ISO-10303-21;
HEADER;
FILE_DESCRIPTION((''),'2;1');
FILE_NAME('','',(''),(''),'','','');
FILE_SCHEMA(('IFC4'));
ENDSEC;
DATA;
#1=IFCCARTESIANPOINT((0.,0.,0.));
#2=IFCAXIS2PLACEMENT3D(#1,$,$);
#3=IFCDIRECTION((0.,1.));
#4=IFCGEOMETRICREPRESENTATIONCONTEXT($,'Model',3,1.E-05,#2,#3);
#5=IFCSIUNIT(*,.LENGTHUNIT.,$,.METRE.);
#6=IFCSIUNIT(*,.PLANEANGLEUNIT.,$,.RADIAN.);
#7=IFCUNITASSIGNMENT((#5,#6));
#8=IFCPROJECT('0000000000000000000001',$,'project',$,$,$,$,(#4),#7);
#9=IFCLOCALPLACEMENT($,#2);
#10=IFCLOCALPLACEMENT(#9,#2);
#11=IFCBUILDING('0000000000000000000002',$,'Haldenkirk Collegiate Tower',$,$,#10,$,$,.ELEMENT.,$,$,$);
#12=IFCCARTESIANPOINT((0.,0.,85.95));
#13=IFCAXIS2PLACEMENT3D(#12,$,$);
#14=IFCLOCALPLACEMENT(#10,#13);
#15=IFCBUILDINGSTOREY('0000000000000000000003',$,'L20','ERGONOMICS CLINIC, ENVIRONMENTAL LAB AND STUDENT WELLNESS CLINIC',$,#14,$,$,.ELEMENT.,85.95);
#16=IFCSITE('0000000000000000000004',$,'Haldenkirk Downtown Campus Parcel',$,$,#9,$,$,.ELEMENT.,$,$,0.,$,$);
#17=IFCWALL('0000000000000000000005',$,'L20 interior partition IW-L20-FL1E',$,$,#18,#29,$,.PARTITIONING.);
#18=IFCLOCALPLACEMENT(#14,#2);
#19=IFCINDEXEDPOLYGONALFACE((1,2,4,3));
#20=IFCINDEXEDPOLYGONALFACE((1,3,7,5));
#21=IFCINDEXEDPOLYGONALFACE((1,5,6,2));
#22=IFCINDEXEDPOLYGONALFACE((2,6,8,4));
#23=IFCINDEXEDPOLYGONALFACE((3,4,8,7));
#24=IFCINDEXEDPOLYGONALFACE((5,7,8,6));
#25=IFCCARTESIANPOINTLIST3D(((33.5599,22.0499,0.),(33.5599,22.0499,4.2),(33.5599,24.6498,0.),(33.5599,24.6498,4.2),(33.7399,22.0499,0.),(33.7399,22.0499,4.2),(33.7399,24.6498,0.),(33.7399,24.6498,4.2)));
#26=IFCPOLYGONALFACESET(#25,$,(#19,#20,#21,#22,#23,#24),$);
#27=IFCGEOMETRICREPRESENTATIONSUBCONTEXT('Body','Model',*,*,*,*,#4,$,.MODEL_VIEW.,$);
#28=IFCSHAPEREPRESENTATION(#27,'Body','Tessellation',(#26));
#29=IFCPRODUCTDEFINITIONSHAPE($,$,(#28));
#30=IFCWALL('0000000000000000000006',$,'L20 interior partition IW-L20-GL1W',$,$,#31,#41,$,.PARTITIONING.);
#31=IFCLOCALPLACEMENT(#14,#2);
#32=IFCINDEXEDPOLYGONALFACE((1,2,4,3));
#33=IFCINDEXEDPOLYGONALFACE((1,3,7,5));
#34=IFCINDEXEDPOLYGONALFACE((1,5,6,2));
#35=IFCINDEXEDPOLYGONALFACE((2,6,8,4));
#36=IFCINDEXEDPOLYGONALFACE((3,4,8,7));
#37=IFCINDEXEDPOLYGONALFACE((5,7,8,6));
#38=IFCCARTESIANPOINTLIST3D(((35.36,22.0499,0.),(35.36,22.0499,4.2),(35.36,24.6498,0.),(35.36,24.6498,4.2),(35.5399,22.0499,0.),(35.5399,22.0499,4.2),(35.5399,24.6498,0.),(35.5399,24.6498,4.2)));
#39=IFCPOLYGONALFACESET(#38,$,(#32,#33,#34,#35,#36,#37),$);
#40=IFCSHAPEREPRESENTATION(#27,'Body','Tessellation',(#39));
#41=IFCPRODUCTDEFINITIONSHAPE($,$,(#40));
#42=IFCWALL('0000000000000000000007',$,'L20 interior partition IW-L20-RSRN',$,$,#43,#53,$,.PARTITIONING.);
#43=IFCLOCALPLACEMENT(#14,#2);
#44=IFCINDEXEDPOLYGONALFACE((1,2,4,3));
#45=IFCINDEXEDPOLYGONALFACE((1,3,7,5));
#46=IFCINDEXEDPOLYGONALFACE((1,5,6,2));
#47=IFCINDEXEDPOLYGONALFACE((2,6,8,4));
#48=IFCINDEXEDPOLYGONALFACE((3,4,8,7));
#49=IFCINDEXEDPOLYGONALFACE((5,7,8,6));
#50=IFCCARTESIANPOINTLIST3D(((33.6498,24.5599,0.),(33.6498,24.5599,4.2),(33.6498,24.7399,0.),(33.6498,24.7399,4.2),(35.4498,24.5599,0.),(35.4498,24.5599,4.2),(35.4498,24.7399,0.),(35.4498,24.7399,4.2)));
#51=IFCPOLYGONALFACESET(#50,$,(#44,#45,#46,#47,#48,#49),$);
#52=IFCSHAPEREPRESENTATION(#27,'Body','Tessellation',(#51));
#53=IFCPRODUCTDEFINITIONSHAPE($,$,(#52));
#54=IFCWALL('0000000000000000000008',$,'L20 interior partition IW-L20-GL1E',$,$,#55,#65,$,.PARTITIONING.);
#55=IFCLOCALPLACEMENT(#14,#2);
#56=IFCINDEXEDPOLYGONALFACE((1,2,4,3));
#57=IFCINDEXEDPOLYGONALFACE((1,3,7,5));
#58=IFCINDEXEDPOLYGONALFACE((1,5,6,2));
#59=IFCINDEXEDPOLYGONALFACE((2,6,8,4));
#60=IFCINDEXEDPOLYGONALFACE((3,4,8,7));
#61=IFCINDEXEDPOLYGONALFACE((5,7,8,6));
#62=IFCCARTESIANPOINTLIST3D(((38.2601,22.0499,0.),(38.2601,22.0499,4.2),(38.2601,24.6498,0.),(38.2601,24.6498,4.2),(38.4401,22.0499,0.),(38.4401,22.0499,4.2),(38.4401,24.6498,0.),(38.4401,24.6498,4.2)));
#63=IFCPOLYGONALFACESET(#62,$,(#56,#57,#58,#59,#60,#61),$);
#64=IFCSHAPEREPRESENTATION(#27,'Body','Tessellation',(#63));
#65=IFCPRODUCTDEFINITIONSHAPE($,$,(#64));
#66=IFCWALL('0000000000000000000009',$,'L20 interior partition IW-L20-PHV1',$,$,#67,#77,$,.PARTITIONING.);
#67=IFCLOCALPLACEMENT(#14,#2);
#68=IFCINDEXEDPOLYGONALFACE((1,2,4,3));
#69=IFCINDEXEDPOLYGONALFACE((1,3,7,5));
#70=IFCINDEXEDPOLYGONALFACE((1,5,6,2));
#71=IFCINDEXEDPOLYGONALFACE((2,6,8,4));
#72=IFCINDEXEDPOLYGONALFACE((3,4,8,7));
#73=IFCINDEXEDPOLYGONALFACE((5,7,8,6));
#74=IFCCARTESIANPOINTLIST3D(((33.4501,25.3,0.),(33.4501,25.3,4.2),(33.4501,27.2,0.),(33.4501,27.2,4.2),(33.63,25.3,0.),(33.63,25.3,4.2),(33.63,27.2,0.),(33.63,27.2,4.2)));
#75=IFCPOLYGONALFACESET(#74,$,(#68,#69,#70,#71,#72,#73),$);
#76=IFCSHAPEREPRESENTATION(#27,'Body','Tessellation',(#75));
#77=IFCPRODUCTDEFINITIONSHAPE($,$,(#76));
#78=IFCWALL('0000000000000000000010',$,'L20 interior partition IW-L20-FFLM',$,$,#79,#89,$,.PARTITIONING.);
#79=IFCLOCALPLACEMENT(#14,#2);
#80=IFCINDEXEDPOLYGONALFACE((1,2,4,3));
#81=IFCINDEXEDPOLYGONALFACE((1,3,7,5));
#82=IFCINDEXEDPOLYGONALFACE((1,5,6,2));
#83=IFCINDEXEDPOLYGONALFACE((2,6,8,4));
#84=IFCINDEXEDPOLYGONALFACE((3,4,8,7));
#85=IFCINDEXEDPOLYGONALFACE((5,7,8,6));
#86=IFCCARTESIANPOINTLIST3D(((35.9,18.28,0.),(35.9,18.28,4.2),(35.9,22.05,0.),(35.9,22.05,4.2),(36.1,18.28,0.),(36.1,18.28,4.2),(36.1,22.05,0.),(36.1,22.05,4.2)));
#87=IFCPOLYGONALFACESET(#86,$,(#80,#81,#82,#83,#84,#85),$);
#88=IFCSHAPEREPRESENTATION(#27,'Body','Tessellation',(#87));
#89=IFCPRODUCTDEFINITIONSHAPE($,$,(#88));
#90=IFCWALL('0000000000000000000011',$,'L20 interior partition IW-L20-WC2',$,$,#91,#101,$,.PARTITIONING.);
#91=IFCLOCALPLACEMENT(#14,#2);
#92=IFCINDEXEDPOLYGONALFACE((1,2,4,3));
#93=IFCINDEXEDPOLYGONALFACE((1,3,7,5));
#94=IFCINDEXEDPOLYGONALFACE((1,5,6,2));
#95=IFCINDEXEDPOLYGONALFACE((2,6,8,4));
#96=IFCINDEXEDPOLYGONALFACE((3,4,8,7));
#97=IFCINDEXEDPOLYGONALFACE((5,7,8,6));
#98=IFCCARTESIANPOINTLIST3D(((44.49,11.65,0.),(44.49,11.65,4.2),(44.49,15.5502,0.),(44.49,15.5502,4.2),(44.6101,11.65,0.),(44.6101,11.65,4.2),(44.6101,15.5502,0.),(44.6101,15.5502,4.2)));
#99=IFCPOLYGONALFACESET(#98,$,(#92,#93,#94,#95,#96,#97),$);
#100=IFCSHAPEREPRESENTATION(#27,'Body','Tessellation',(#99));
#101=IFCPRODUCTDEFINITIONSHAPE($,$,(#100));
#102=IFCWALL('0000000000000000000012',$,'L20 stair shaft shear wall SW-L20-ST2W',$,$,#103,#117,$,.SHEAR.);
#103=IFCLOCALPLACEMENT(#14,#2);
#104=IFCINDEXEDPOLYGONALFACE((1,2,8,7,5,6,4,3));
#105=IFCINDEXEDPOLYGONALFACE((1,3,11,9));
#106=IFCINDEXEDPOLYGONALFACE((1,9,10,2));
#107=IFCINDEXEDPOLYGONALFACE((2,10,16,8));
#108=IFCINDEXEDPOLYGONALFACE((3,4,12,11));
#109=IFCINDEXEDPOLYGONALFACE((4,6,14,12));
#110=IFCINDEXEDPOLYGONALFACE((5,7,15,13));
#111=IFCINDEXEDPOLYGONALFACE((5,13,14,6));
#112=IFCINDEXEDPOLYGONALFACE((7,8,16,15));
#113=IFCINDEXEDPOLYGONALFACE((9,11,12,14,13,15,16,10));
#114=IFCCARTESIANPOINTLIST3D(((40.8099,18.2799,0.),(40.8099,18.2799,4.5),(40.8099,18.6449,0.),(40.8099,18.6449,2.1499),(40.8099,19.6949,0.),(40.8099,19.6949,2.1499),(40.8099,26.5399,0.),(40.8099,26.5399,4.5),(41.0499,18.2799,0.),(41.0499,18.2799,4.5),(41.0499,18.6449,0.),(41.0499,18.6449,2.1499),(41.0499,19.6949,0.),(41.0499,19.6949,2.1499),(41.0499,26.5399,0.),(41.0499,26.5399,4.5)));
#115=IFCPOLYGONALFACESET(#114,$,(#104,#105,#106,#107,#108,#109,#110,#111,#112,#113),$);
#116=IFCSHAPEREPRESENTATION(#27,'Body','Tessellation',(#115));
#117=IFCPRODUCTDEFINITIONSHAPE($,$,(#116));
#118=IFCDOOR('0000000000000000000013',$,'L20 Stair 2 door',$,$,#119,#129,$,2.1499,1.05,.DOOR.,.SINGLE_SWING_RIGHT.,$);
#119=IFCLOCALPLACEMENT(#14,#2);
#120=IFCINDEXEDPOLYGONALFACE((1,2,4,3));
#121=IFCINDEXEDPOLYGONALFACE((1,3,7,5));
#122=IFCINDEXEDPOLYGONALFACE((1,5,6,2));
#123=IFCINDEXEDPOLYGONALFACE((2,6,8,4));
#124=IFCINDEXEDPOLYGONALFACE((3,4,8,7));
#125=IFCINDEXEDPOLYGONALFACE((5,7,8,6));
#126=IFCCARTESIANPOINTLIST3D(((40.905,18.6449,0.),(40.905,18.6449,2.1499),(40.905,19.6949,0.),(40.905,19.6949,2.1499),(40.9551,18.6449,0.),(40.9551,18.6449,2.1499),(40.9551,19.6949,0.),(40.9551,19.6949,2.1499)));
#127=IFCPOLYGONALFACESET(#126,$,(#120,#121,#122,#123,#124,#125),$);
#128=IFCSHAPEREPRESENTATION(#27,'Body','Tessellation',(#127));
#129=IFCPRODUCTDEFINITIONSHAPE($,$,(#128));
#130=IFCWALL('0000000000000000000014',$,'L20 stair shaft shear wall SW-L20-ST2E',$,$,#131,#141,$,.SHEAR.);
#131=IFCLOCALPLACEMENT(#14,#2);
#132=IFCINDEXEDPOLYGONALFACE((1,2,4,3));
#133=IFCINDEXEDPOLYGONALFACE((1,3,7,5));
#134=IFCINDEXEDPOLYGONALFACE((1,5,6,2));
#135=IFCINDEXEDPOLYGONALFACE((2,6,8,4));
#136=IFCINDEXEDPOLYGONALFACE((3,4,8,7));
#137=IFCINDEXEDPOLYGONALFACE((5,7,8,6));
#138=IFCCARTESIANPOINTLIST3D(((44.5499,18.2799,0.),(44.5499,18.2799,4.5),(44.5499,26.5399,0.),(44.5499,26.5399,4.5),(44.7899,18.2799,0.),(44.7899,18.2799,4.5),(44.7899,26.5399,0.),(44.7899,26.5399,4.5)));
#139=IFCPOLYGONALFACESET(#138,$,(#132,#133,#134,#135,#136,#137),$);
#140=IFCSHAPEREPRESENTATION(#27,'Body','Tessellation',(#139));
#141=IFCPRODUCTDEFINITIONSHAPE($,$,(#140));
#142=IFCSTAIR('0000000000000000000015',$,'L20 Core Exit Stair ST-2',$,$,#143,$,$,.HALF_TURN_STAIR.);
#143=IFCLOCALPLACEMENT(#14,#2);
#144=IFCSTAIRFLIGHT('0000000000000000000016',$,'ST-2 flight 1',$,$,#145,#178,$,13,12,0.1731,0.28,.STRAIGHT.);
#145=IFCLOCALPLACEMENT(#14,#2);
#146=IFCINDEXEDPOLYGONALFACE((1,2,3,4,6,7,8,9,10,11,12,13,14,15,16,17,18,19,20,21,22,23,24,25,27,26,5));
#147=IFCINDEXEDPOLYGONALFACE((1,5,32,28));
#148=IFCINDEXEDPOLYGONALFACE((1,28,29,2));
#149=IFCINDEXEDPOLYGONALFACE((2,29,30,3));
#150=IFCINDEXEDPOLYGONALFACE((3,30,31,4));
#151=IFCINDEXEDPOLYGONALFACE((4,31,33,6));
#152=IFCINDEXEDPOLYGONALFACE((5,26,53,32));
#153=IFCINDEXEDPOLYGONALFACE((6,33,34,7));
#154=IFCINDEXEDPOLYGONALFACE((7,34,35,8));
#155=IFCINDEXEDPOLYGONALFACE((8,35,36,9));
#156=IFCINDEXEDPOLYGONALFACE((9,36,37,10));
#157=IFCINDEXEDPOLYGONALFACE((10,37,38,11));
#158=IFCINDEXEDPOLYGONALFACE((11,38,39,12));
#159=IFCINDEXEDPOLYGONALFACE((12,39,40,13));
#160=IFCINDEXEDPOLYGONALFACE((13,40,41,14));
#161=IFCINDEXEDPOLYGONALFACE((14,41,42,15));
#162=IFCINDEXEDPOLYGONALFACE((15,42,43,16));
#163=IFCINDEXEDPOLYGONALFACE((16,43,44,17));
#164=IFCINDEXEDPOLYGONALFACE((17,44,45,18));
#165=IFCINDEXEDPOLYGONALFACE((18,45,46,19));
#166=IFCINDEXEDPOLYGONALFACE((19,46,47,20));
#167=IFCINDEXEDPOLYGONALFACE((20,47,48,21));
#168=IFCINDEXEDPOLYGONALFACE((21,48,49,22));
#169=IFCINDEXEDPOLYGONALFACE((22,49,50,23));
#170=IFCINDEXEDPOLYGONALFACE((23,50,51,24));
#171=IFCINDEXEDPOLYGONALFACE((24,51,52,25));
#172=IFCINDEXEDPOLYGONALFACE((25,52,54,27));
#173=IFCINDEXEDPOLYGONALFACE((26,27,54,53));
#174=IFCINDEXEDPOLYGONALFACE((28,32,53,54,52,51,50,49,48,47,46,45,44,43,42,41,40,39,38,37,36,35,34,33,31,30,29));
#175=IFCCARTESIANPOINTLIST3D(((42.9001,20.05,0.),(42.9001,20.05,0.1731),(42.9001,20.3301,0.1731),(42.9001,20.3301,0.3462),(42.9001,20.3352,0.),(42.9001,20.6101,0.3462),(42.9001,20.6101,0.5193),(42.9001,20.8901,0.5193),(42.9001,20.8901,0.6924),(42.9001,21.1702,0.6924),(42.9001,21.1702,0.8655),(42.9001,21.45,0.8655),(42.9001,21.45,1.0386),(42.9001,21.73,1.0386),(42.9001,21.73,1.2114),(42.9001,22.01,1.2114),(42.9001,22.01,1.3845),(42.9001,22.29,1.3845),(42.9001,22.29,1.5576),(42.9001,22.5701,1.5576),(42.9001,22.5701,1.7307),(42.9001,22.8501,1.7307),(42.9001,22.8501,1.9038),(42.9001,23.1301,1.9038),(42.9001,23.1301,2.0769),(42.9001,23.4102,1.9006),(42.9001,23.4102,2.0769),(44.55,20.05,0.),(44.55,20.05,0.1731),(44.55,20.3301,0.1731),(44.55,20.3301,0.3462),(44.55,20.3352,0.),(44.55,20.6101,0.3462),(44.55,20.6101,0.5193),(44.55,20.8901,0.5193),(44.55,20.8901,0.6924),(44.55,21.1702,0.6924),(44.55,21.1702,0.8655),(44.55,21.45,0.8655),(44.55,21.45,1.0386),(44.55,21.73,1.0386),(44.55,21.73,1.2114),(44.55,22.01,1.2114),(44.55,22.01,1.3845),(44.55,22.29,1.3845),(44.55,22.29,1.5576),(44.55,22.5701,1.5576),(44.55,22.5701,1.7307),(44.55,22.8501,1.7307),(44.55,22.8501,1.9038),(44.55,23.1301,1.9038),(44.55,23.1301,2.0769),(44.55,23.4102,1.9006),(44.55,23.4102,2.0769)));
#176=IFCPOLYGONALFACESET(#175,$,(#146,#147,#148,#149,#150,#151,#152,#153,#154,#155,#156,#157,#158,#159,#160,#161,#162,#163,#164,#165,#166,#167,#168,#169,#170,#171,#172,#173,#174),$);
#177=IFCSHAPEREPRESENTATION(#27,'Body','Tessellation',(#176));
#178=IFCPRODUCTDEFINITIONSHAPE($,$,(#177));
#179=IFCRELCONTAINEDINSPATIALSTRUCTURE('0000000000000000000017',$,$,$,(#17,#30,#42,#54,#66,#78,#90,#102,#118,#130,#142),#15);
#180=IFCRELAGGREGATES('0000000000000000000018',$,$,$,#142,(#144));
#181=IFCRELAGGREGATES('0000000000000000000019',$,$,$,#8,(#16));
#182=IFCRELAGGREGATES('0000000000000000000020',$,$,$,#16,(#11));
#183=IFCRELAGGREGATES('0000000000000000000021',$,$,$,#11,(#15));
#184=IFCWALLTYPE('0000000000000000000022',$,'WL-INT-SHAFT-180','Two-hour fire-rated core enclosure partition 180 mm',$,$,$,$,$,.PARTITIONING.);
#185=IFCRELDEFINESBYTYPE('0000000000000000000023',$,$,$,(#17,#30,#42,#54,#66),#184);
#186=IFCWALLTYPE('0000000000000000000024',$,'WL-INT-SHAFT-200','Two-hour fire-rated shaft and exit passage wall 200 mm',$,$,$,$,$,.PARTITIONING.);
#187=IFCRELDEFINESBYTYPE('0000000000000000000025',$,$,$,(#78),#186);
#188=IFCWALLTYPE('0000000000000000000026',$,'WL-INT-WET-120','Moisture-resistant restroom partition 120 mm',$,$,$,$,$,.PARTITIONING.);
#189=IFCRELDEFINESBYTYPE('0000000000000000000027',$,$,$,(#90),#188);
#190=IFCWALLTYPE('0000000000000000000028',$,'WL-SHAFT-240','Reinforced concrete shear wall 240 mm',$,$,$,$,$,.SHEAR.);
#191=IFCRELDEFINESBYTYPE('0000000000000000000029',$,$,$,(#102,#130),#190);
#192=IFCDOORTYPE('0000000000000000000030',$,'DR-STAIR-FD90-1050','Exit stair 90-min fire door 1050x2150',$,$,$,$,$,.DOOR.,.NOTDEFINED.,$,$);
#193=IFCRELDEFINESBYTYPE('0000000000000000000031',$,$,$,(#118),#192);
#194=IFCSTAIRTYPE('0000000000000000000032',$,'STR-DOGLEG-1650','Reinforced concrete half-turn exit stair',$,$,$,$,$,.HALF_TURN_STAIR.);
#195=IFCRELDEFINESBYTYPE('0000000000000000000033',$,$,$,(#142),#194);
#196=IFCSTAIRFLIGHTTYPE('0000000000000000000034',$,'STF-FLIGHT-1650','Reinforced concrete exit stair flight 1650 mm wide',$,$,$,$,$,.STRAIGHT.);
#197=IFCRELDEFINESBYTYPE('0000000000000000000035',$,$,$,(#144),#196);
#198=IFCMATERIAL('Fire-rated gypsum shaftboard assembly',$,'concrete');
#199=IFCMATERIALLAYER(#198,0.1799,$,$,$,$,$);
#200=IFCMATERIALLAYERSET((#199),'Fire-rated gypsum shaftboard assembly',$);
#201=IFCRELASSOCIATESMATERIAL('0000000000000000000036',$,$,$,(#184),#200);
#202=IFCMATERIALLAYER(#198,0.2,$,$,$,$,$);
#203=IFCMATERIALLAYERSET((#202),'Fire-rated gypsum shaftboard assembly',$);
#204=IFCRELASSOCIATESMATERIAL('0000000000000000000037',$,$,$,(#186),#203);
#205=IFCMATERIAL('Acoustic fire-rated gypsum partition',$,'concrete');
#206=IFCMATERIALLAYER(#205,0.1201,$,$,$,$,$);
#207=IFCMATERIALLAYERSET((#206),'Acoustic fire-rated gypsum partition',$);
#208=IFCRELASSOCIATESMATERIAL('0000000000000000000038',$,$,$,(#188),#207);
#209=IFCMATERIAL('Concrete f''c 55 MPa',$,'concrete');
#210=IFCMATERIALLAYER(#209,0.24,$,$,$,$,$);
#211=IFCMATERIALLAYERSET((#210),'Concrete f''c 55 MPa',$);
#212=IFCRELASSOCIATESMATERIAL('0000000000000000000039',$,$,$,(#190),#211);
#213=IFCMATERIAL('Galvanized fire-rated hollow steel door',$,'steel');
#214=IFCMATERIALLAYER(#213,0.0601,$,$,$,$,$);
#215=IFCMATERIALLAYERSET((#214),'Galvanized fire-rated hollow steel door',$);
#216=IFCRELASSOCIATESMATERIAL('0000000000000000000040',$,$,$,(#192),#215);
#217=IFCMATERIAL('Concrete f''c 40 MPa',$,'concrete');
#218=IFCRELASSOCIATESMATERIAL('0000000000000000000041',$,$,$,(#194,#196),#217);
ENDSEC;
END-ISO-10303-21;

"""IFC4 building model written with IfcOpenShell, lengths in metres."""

from ifc_helpers import new_model, si_unit, direction, frame, frame_2d, origin, place, context, subcontext, project, spatial, polyline, rectangle, outline, extrude, material, layer, layer_set, type_object, element, fill, aggregate, save


model = new_model("IFC4")

# Units and contexts
model_context = context("Model", 3, precision=1e-05, world=origin(), true_north=direction((0.0, 1.0)))
body_context = subcontext(model_context, "Body", "Model", "MODEL_VIEW")
ifc_project = project(units=[si_unit("LENGTHUNIT", "METRE"), si_unit("PLANEANGLEUNIT", "RADIAN")], contexts=[model_context])

# Site, building, storey
site_placement = place(None, origin())
site = spatial("IfcSite", under=ifc_project, at=site_placement, Name="Haldenkirk Downtown Campus Parcel", CompositionType="ELEMENT", RefElevation=0.0)
building_placement = place(site_placement, origin())
building = spatial("IfcBuilding", under=site, at=building_placement, Name="Haldenkirk Collegiate Tower", CompositionType="ELEMENT")
storey_placement = place(building_placement, frame((0.0, 0.0, 85.95)))
storey = spatial("IfcBuildingStorey", under=building, at=storey_placement, Name="L20", Description="ERGONOMICS CLINIC, ENVIRONMENTAL LAB AND STUDENT WELLNESS CLINIC", CompositionType="ELEMENT", Elevation=85.95)

# Walls
ifc_material_1 = material(Name="Fire-rated gypsum shaftboard assembly", Category="concrete")
ifc_layer_1 = layer(ifc_material_1, 0.1799)
ifc_layer_set_1 = layer_set([ifc_layer_1], Name="Fire-rated gypsum shaftboard assembly")
wall_type_1 = type_object("IfcWallType", Name="WL-INT-SHAFT-180", Description="Two-hour fire-rated core enclosure partition 180 mm", PredefinedType="PARTITIONING", material=ifc_layer_set_1)
for number, where, z_axis, x_axis, name in (
    (1, (33.6499, 22.05, 0.0), (0.0, 0.0, 1.0), (0.0, 1.0, 0.0), "L20 interior partition IW-L20-FL1E"),
    (2, (35.45, 22.05, 0.0), (0.0, 0.0, 1.0), (0.0, 1.0, 0.0), "L20 interior partition IW-L20-GL1W"),
):
    element("IfcWall", number, at=place(storey_placement, frame(where, z_axis=z_axis, x_axis=x_axis)), inside=storey, type_object=wall_type_1, Name=name, PredefinedType="PARTITIONING", context=body_context, shape_type="SweptSolid", body=[
        extrude(rectangle(XDim=2.5999, YDim=0.1799, at=frame_2d((1.2998, 0.0))), origin(), (0.0, 0.0, 1.0), 4.2),
    ])
wall_1_placement = place(storey_placement, frame((33.6499, 24.6499, 0.0), z_axis=(0.0, 0.0, 1.0), x_axis=(1.0, 0.0, 0.0)))
element("IfcWall", 3, at=wall_1_placement, inside=storey, type_object=wall_type_1, Name="L20 interior partition IW-L20-RSRN", PredefinedType="PARTITIONING", context=body_context, shape_type="SweptSolid", body=[
    extrude(rectangle(XDim=1.8, YDim=0.1799, at=frame_2d((0.8999, 0.0))), origin(), (0.0, 0.0, 1.0), 4.2),
])
wall_2_placement = place(storey_placement, frame((38.3501, 22.05, 0.0), z_axis=(0.0, 0.0, 1.0), x_axis=(0.0, 1.0, 0.0)))
element("IfcWall", 4, at=wall_2_placement, inside=storey, type_object=wall_type_1, Name="L20 interior partition IW-L20-GL1E", PredefinedType="PARTITIONING", context=body_context, shape_type="SweptSolid", body=[
    extrude(rectangle(XDim=2.5999, YDim=0.1799, at=frame_2d((1.2998, 0.0))), origin(), (0.0, 0.0, 1.0), 4.2),
])
wall_3_placement = place(storey_placement, frame((33.54, 25.3, 0.0), z_axis=(0.0, 0.0, 1.0), x_axis=(0.0, 1.0, 0.0)))
element("IfcWall", 5, at=wall_3_placement, inside=storey, type_object=wall_type_1, Name="L20 interior partition IW-L20-PHV1", PredefinedType="PARTITIONING", context=body_context, shape_type="SweptSolid", body=[
    extrude(rectangle(XDim=1.8999, YDim=0.1799, at=frame_2d((0.95, 0.0))), origin(), (0.0, 0.0, 1.0), 4.2),
])
ifc_layer_2 = layer(ifc_material_1, 0.2)
ifc_layer_set_2 = layer_set([ifc_layer_2], Name="Fire-rated gypsum shaftboard assembly")
wall_type_2 = type_object("IfcWallType", Name="WL-INT-SHAFT-200", Description="Two-hour fire-rated shaft and exit passage wall 200 mm", PredefinedType="PARTITIONING", material=ifc_layer_set_2)
wall_4_placement = place(storey_placement, frame((36.0, 18.28, 0.0), z_axis=(0.0, 0.0, 1.0), x_axis=(0.0, 1.0, 0.0)))
element("IfcWall", 6, at=wall_4_placement, inside=storey, type_object=wall_type_2, Name="L20 interior partition IW-L20-FFLM", PredefinedType="PARTITIONING", context=body_context, shape_type="SweptSolid", body=[
    extrude(rectangle(XDim=3.77, YDim=0.2, at=frame_2d((1.885, 0.0))), origin(), (0.0, 0.0, 1.0), 4.2),
])

# Wall
ifc_material_2 = material(Name="Acoustic fire-rated gypsum partition", Category="concrete")
ifc_layer_3 = layer(ifc_material_2, 0.1201)
ifc_layer_set_3 = layer_set([ifc_layer_3], Name="Acoustic fire-rated gypsum partition")
wall_type_3 = type_object("IfcWallType", Name="WL-INT-WET-120", Description="Moisture-resistant restroom partition 120 mm", PredefinedType="PARTITIONING", material=ifc_layer_set_3)
wall_5_placement = place(storey_placement, frame((44.55, 11.6499, 0.0), z_axis=(0.0, 0.0, 1.0), x_axis=(0.0, 1.0, 0.0)))
element("IfcWall", 7, at=wall_5_placement, inside=storey, type_object=wall_type_3, Name="L20 interior partition IW-L20-WC2", PredefinedType="PARTITIONING", context=body_context, shape_type="SweptSolid", body=[
    extrude(rectangle(XDim=3.9001, YDim=0.1201, at=frame_2d((1.9502, 0.0))), origin(), (0.0, 0.0, 1.0), 4.2),
])

# Wall, opening, door
ifc_material_3 = material(Name="Concrete f'c 55 MPa", Category="concrete")
ifc_layer_4 = layer(ifc_material_3, 0.24)
ifc_layer_set_4 = layer_set([ifc_layer_4], Name="Concrete f'c 55 MPa")
wall_type_4 = type_object("IfcWallType", Name="WL-SHAFT-240", Description="Reinforced concrete shear wall 240 mm", PredefinedType="SHEAR", material=ifc_layer_set_4)
wall_6_placement = place(storey_placement, frame((40.9299, 18.28, 0.0), z_axis=(0.0, 0.0, 1.0), x_axis=(0.0, 1.0, 0.0)))
wall_6 = element("IfcWall", 8, at=wall_6_placement, inside=storey, type_object=wall_type_4, Name="L20 stair shaft shear wall SW-L20-ST2W", PredefinedType="SHEAR", context=body_context, shape_type="SweptSolid", body=[
    extrude(rectangle(XDim=8.26, YDim=0.24, at=frame_2d((4.1299, 0.0))), origin(), (0.0, 0.0, 1.0), 4.5),
])
opening_1_placement = place(wall_6_placement, frame((0.365, 0.0, 0.0)))
opening_1 = element("IfcOpeningElement", 9, at=opening_1_placement, cuts=wall_6, PredefinedType="OPENING", context=body_context, shape_type="SweptSolid", body=[
    extrude(rectangle(XDim=1.05, YDim=2.1499, at=frame_2d((0.5249, 1.075))), frame((0.0, 0.1299, 0.0), z_axis=(0.0, -1.0, 0.0), x_axis=(1.0, 0.0, 0.0)), (0.0, 0.0, 1.0), 0.26),
])
ifc_material_4 = material(Name="Galvanized fire-rated hollow steel door", Category="steel")
ifc_layer_5 = layer(ifc_material_4, 0.0601)
ifc_layer_set_5 = layer_set([ifc_layer_5], Name="Galvanized fire-rated hollow steel door")
door_type_1 = type_object("IfcDoorType", Name="DR-STAIR-FD90-1050", Description="Exit stair 90-min fire door 1050x2150", OperationType="NOTDEFINED", PredefinedType="DOOR", material=ifc_layer_set_5)
door_1_placement = place(opening_1_placement, origin())
door_1 = element("IfcDoor", 10, at=door_1_placement, inside=storey, type_object=door_type_1, Name="L20 Stair 2 door", OperationType="SINGLE_SWING_RIGHT", OverallHeight=2.1499, OverallWidth=1.05, PredefinedType="DOOR", context=body_context, shape_type="SweptSolid", body=[
    extrude(rectangle(XDim=1.05, YDim=2.1499, at=frame_2d((0.5249, 1.075))), frame((0.0, 0.0249, 0.0), z_axis=(0.0, -1.0, 0.0), x_axis=(1.0, 0.0, 0.0)), (0.0, 0.0, 1.0), 0.05),
])
fill(opening_1, door_1)

# Wall
wall_7_placement = place(storey_placement, frame((44.6699, 18.28, 0.0), z_axis=(0.0, 0.0, 1.0), x_axis=(0.0, 1.0, 0.0)))
element("IfcWall", 11, at=wall_7_placement, inside=storey, type_object=wall_type_4, Name="L20 stair shaft shear wall SW-L20-ST2E", PredefinedType="SHEAR", context=body_context, shape_type="SweptSolid", body=[
    extrude(rectangle(XDim=8.26, YDim=0.24, at=frame_2d((4.1299, 0.0))), origin(), (0.0, 0.0, 1.0), 4.5),
])

# Stair, stair flight
ifc_material_5 = material(Name="Concrete f'c 40 MPa", Category="concrete")
stair_type = type_object("IfcStairType", Name="STR-DOGLEG-1650", Description="Reinforced concrete half-turn exit stair", PredefinedType="HALF_TURN_STAIR", material=ifc_material_5)
stair_placement = place(storey_placement, origin())
stair = element("IfcStair", 12, at=stair_placement, inside=storey, type_object=stair_type, Name="L20 Core Exit Stair ST-2", PredefinedType="HALF_TURN_STAIR")
stair_flight_type = type_object("IfcStairFlightType", Name="STF-FLIGHT-1650", Description="Reinforced concrete exit stair flight 1650 mm wide", PredefinedType="STRAIGHT", material=ifc_material_5)
stair_flight_1_placement = place(storey_placement, frame((43.7251, 20.05, 0.0), z_axis=(0.0, 0.0, 1.0), x_axis=(0.0, 1.0, 0.0)))
stair_flight_1 = element("IfcStairFlight", 13, at=stair_flight_1_placement, type_object=stair_flight_type, Name="ST-2 flight 1", NumberOfRisers=13, NumberOfTreads=12, PredefinedType="STRAIGHT", RiserHeight=0.1731, TreadLength=0.28, context=body_context, shape_type="SweptSolid", body=[
    extrude(outline(polyline([(0.0, 0.0), (0.0, 0.1731), (0.28, 0.1731), (0.28, 0.3462), (0.5601, 0.3462), (0.5601, 0.5193), (0.8401, 0.5193), (0.8401, 0.6924), (1.1201, 0.6924), (1.1201, 0.8655), (1.3999, 0.8655), (1.3999, 1.0386), (1.6799, 1.0386), (1.6799, 1.2114), (1.96, 1.2114), (1.96, 1.3845), (2.24, 1.3845), (2.24, 1.5576), (2.52, 1.5576), (2.52, 1.7307), (2.8, 1.7307), (2.8, 1.9038), (3.0801, 1.9038), (3.0801, 2.0769), (3.3601, 2.0769), (3.3601, 2.25), (3.3601, 1.9006), (0.2852, 0.0), (0.0, 0.0)])), frame((0.0, 0.825, 0.0), z_axis=(0.0, -1.0, 0.0), x_axis=(1.0, 0.0, 0.0)), (0.0, 0.0, 1.0), 1.6499),
])
aggregate(stair, [stair_flight_1])

save(model, "model.ifc")
